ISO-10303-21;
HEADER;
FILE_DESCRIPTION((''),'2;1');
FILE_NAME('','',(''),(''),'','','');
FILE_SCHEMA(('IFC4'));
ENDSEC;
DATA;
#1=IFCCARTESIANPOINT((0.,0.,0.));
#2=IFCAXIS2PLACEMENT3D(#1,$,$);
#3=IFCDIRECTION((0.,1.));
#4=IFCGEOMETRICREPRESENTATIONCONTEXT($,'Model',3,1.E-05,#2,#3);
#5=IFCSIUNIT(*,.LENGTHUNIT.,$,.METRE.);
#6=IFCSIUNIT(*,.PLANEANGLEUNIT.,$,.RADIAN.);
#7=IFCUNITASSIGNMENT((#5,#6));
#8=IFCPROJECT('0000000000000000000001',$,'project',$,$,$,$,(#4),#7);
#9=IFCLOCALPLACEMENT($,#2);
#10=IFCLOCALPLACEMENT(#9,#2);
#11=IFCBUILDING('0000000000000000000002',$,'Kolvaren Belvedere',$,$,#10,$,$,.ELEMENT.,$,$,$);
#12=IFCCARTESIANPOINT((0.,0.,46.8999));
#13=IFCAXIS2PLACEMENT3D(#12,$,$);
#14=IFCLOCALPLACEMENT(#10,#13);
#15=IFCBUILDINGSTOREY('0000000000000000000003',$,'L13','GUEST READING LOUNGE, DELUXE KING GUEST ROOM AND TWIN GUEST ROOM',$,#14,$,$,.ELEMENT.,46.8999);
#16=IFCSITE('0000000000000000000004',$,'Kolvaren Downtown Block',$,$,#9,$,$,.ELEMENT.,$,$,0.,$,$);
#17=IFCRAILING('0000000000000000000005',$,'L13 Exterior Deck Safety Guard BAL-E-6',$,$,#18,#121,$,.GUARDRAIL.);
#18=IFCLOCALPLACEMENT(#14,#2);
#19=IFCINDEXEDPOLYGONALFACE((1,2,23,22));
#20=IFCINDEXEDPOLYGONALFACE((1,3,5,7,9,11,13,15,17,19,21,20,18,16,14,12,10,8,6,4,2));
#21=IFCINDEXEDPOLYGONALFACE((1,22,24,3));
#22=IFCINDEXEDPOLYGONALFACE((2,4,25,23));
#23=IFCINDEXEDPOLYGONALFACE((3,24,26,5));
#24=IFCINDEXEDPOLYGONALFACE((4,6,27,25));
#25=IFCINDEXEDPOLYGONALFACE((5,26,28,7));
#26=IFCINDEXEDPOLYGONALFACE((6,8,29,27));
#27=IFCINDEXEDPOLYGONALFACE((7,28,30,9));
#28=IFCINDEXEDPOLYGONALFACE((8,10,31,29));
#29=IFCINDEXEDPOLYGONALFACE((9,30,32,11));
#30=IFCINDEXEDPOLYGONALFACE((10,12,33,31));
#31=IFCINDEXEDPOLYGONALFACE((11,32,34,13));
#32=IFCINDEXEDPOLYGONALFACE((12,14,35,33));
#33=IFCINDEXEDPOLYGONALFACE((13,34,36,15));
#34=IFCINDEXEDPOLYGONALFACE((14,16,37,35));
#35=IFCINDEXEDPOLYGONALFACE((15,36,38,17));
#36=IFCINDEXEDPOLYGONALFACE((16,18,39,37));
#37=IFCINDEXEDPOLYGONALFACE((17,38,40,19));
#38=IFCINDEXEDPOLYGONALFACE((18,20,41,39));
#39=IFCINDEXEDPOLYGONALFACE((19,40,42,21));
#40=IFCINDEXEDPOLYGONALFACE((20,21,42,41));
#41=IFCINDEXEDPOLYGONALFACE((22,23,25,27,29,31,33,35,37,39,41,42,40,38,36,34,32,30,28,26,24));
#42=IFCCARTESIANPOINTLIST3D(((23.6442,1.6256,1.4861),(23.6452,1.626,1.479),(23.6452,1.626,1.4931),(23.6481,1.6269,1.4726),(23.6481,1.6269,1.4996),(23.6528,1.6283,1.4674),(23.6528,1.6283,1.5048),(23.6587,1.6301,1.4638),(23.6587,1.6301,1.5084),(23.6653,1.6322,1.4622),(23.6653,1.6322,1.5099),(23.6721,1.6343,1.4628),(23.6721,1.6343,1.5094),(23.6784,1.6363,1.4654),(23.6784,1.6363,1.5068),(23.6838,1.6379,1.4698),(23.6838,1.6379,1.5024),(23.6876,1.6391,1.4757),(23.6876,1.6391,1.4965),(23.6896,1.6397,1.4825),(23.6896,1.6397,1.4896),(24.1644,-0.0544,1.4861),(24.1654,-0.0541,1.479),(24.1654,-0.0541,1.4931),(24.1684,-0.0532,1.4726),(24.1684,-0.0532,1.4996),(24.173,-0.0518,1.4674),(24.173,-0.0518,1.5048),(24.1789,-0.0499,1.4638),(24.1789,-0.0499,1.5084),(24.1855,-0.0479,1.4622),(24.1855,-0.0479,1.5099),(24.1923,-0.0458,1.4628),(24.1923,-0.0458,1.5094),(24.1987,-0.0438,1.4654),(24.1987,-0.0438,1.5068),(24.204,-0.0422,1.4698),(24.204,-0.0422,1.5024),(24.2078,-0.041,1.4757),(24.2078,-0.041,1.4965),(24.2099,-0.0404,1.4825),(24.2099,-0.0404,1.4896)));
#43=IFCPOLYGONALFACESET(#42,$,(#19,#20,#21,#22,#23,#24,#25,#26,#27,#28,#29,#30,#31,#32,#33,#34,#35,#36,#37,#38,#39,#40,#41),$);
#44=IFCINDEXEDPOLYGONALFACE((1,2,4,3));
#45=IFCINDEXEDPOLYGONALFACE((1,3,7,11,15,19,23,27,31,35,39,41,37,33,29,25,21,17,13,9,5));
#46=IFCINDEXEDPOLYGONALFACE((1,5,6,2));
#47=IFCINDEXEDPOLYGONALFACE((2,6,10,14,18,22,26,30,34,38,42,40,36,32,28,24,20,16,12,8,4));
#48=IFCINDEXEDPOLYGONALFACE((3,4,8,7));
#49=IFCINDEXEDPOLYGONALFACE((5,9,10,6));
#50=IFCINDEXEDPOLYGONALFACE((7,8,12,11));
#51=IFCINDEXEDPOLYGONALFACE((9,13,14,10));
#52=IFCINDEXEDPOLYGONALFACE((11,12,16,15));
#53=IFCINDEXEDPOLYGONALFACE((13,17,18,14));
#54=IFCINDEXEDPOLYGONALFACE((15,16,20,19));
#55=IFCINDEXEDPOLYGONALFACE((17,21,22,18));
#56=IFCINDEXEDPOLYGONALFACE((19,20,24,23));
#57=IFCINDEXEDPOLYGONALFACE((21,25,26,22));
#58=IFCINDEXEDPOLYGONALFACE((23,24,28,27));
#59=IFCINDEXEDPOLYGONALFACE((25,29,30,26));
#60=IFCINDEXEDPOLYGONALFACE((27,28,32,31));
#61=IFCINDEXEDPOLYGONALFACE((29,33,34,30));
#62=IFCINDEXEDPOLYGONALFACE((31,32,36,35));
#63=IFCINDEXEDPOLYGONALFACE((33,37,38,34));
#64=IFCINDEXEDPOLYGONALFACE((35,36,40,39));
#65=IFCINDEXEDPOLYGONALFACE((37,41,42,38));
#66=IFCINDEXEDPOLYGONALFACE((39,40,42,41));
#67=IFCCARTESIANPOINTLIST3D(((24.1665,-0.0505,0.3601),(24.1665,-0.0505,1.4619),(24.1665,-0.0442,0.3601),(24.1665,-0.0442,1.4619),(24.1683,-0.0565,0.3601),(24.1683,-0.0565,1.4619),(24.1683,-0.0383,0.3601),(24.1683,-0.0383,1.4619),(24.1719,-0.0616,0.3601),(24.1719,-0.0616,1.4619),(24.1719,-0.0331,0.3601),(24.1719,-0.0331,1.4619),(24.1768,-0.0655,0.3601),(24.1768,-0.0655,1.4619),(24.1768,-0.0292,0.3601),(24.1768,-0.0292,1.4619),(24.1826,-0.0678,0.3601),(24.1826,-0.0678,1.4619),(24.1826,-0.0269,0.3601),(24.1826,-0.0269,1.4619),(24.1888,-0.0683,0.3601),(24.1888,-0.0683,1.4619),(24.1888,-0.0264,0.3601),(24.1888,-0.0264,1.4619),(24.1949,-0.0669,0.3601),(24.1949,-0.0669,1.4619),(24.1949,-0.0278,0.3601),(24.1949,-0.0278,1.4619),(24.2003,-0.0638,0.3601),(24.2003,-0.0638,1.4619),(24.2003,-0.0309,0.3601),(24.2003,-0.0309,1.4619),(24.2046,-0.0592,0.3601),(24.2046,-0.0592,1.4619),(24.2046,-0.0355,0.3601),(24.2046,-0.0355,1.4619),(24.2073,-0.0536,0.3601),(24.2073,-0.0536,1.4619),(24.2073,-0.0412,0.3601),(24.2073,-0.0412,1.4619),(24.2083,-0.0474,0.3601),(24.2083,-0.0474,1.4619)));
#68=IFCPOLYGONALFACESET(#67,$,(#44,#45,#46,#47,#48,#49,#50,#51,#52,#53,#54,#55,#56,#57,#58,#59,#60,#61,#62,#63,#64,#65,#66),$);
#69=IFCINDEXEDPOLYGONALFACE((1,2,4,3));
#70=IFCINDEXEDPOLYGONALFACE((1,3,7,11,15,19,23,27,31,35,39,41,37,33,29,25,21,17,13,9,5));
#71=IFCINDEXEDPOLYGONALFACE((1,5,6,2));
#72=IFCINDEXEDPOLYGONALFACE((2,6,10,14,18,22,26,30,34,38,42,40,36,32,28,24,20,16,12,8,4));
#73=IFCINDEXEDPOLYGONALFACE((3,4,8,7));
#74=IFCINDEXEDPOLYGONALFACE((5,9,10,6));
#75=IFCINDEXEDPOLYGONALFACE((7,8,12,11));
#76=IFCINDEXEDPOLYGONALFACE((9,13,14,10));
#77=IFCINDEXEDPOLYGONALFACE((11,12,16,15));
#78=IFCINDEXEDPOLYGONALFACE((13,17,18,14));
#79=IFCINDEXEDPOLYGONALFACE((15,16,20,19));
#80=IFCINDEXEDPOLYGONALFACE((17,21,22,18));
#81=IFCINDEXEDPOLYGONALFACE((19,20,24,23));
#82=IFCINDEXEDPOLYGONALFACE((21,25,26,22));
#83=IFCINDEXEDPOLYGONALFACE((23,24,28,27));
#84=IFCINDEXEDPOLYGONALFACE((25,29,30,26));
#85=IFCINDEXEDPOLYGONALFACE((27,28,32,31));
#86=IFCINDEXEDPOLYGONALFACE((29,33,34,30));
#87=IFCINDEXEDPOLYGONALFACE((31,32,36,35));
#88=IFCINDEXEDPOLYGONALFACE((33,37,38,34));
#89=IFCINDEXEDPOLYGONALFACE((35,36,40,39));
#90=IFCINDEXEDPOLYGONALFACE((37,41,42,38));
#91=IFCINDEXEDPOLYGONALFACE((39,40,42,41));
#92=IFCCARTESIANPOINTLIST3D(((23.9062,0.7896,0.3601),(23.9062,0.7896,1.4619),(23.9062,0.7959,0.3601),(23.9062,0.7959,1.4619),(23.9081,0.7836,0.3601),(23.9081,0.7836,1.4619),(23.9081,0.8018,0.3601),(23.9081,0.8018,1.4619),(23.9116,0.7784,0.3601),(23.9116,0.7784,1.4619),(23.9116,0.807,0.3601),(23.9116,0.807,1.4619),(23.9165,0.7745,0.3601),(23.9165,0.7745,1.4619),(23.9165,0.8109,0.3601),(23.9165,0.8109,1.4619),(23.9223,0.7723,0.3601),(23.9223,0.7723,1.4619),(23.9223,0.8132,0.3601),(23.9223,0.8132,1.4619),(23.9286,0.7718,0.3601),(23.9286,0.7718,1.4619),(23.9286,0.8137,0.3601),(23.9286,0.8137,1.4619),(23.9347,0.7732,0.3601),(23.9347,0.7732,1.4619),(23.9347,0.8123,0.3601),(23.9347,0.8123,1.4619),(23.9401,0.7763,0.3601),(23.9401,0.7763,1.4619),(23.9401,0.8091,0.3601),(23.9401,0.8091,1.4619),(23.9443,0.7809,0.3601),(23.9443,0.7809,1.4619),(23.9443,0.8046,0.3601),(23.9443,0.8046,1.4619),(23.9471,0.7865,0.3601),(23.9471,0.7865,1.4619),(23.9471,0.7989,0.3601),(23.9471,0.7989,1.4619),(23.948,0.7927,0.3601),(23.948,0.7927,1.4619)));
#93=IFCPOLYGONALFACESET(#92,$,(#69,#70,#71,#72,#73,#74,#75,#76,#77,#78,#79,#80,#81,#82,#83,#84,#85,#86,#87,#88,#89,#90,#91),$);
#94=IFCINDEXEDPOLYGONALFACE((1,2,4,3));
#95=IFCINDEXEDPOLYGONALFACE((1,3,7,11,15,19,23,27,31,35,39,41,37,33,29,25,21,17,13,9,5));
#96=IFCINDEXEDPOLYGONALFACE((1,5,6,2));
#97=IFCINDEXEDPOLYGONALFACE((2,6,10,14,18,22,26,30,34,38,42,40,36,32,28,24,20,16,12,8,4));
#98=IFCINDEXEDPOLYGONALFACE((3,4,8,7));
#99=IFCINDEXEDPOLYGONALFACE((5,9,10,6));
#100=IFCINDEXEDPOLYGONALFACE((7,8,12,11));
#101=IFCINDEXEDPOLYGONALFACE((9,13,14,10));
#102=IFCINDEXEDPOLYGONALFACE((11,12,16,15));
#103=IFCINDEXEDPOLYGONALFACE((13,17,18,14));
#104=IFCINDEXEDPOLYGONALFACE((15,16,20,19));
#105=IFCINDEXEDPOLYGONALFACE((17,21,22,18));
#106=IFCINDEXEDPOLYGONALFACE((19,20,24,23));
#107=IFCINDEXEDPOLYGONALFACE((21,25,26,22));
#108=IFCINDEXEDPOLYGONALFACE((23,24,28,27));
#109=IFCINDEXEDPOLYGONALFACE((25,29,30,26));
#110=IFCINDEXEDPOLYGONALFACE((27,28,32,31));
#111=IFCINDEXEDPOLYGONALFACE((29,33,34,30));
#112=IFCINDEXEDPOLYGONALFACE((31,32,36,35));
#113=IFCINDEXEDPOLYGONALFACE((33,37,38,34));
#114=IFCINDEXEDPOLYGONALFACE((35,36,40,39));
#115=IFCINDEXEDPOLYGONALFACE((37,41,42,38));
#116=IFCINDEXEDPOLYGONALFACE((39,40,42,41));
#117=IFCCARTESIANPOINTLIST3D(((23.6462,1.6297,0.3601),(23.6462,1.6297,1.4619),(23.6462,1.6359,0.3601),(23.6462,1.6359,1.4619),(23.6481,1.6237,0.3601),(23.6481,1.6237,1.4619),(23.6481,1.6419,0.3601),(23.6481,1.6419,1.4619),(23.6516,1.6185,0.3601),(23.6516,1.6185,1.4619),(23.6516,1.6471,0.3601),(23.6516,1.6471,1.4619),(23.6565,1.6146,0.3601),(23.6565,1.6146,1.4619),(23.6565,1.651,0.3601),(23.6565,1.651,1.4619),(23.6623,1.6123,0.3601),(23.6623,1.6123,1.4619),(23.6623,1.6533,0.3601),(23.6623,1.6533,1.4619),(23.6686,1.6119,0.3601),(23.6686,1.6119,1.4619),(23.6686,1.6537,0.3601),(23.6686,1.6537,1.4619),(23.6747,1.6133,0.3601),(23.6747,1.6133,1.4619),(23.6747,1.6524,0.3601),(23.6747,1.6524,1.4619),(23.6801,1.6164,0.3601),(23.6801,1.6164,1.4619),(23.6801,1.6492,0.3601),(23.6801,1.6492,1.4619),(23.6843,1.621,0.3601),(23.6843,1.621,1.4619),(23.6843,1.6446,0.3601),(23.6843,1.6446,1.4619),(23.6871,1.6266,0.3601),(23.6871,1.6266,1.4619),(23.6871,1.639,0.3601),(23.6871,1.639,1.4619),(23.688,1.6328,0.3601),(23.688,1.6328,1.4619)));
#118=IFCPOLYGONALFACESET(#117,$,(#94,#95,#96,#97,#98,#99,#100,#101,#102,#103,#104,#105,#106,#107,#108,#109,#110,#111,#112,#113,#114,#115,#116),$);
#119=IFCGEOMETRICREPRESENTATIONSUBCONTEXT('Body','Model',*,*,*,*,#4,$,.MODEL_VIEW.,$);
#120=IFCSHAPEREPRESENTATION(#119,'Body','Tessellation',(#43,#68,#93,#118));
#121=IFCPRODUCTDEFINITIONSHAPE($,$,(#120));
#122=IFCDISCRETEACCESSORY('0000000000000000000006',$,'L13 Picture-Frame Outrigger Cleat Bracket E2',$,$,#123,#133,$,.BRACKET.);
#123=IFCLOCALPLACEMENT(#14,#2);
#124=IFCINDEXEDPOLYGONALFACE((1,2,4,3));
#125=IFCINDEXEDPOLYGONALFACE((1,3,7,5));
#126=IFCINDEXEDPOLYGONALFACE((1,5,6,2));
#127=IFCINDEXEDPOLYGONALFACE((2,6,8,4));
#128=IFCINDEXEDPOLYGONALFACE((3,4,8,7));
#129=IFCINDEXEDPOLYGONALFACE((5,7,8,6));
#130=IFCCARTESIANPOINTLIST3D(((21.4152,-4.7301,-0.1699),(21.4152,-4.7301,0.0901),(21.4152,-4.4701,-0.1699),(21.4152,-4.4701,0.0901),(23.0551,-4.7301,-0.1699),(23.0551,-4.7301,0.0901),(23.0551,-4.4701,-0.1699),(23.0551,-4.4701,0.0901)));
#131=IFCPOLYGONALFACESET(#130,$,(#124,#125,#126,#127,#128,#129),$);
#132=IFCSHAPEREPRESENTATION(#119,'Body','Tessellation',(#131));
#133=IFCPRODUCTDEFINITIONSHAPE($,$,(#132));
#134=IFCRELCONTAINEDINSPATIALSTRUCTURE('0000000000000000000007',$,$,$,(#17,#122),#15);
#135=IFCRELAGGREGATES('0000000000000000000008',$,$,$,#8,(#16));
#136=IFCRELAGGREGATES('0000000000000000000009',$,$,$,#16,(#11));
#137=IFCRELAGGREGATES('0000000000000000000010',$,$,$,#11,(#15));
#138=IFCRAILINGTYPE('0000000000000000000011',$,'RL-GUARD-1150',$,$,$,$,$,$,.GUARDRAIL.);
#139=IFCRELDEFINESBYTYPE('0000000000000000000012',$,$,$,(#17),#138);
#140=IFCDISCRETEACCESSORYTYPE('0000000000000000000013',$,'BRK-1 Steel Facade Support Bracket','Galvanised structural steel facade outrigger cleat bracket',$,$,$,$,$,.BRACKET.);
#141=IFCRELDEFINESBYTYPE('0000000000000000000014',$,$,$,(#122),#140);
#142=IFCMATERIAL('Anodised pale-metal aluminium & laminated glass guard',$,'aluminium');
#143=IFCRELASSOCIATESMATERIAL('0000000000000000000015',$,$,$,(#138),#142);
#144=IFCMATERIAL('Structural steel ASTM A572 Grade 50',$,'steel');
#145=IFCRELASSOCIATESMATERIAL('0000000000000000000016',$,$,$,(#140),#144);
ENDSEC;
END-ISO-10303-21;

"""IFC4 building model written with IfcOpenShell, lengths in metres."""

from ifc_helpers import new_model, si_unit, direction, frame, origin, origin_2d, place, context, subcontext, project, spatial, rectangle, circle, extrude, material, type_object, element, save


model = new_model("IFC4")

# Units and contexts
model_context = context("Model", 3, precision=1e-05, world=origin(), true_north=direction((0.0, 1.0)))
body_context = subcontext(model_context, "Body", "Model", "MODEL_VIEW")
ifc_project = project(units=[si_unit("LENGTHUNIT", "METRE"), si_unit("PLANEANGLEUNIT", "RADIAN")], contexts=[model_context])

# Site, building, storey
site_placement = place(None, origin())
site = spatial("IfcSite", under=ifc_project, at=site_placement, Name="Kolvaren Downtown Block", CompositionType="ELEMENT", RefElevation=0.0)
building_placement = place(site_placement, origin())
building = spatial("IfcBuilding", under=site, at=building_placement, Name="Kolvaren Belvedere", CompositionType="ELEMENT")
storey_placement = place(building_placement, frame((0.0, 0.0, 46.8999)))
storey = spatial("IfcBuildingStorey", under=building, at=storey_placement, Name="L13", Description="GUEST READING LOUNGE, DELUXE KING GUEST ROOM AND TWIN GUEST ROOM", CompositionType="ELEMENT", Elevation=46.8999)

# Railing
ifc_material_1 = material(Name="Anodised pale-metal aluminium & laminated glass guard", Category="aluminium")
railing_type = type_object("IfcRailingType", Name="RL-GUARD-1150", PredefinedType="GUARDRAIL", material=ifc_material_1)
railing_1_placement = place(storey_placement, frame((24.1873, -0.0474, 0.3601)))
element("IfcRailing", 1, at=railing_1_placement, inside=storey, type_object=railing_type, Name="L13 Exterior Deck Safety Guard BAL-E-6", PredefinedType="GUARDRAIL", context=body_context, shape_type="SweptSolid", body=[
    extrude(circle(Radius=0.0239, at=origin_2d()), frame((0.0, 0.0, 1.126), z_axis=(-0.295792, 0.955252, 0.0), x_axis=(-0.955252, -0.295792, 0.0)), (0.0, 0.0, 1.0), 1.7588),
    extrude(circle(Radius=0.021, at=origin_2d()), origin(), (0.0, 0.0, 1.0), 1.1018),
    extrude(circle(Radius=0.021, at=origin_2d()), frame((-0.2603, 0.8401, 0.0)), (0.0, 0.0, 1.0), 1.1018),
    extrude(circle(Radius=0.021, at=origin_2d()), frame((-0.5203, 1.6802, 0.0)), (0.0, 0.0, 1.0), 1.1018),
])

# Discrete accessory
ifc_material_2 = material(Name="Structural steel ASTM A572 Grade 50", Category="steel")
discrete_accessory_type = type_object("IfcDiscreteAccessoryType", Name="BRK-1 Steel Facade Support Bracket", Description="Galvanised structural steel facade outrigger cleat bracket", PredefinedType="BRACKET", material=ifc_material_2)
discrete_accessory_placement = place(storey_placement, frame((22.2351, -4.6001, -0.1699), z_axis=(0.0, 0.0, 1.0), x_axis=(1.0, 0.0, 0.0)))
element("IfcDiscreteAccessory", 2, at=discrete_accessory_placement, inside=storey, type_object=discrete_accessory_type, Name="L13 Picture-Frame Outrigger Cleat Bracket E2", PredefinedType="BRACKET", context=body_context, shape_type="SweptSolid", body=[
    extrude(rectangle(XDim=1.6399, YDim=0.26, at=origin_2d()), origin(), (0.0, 0.0, 1.0), 0.26),
])

save(model, "model.ifc")
